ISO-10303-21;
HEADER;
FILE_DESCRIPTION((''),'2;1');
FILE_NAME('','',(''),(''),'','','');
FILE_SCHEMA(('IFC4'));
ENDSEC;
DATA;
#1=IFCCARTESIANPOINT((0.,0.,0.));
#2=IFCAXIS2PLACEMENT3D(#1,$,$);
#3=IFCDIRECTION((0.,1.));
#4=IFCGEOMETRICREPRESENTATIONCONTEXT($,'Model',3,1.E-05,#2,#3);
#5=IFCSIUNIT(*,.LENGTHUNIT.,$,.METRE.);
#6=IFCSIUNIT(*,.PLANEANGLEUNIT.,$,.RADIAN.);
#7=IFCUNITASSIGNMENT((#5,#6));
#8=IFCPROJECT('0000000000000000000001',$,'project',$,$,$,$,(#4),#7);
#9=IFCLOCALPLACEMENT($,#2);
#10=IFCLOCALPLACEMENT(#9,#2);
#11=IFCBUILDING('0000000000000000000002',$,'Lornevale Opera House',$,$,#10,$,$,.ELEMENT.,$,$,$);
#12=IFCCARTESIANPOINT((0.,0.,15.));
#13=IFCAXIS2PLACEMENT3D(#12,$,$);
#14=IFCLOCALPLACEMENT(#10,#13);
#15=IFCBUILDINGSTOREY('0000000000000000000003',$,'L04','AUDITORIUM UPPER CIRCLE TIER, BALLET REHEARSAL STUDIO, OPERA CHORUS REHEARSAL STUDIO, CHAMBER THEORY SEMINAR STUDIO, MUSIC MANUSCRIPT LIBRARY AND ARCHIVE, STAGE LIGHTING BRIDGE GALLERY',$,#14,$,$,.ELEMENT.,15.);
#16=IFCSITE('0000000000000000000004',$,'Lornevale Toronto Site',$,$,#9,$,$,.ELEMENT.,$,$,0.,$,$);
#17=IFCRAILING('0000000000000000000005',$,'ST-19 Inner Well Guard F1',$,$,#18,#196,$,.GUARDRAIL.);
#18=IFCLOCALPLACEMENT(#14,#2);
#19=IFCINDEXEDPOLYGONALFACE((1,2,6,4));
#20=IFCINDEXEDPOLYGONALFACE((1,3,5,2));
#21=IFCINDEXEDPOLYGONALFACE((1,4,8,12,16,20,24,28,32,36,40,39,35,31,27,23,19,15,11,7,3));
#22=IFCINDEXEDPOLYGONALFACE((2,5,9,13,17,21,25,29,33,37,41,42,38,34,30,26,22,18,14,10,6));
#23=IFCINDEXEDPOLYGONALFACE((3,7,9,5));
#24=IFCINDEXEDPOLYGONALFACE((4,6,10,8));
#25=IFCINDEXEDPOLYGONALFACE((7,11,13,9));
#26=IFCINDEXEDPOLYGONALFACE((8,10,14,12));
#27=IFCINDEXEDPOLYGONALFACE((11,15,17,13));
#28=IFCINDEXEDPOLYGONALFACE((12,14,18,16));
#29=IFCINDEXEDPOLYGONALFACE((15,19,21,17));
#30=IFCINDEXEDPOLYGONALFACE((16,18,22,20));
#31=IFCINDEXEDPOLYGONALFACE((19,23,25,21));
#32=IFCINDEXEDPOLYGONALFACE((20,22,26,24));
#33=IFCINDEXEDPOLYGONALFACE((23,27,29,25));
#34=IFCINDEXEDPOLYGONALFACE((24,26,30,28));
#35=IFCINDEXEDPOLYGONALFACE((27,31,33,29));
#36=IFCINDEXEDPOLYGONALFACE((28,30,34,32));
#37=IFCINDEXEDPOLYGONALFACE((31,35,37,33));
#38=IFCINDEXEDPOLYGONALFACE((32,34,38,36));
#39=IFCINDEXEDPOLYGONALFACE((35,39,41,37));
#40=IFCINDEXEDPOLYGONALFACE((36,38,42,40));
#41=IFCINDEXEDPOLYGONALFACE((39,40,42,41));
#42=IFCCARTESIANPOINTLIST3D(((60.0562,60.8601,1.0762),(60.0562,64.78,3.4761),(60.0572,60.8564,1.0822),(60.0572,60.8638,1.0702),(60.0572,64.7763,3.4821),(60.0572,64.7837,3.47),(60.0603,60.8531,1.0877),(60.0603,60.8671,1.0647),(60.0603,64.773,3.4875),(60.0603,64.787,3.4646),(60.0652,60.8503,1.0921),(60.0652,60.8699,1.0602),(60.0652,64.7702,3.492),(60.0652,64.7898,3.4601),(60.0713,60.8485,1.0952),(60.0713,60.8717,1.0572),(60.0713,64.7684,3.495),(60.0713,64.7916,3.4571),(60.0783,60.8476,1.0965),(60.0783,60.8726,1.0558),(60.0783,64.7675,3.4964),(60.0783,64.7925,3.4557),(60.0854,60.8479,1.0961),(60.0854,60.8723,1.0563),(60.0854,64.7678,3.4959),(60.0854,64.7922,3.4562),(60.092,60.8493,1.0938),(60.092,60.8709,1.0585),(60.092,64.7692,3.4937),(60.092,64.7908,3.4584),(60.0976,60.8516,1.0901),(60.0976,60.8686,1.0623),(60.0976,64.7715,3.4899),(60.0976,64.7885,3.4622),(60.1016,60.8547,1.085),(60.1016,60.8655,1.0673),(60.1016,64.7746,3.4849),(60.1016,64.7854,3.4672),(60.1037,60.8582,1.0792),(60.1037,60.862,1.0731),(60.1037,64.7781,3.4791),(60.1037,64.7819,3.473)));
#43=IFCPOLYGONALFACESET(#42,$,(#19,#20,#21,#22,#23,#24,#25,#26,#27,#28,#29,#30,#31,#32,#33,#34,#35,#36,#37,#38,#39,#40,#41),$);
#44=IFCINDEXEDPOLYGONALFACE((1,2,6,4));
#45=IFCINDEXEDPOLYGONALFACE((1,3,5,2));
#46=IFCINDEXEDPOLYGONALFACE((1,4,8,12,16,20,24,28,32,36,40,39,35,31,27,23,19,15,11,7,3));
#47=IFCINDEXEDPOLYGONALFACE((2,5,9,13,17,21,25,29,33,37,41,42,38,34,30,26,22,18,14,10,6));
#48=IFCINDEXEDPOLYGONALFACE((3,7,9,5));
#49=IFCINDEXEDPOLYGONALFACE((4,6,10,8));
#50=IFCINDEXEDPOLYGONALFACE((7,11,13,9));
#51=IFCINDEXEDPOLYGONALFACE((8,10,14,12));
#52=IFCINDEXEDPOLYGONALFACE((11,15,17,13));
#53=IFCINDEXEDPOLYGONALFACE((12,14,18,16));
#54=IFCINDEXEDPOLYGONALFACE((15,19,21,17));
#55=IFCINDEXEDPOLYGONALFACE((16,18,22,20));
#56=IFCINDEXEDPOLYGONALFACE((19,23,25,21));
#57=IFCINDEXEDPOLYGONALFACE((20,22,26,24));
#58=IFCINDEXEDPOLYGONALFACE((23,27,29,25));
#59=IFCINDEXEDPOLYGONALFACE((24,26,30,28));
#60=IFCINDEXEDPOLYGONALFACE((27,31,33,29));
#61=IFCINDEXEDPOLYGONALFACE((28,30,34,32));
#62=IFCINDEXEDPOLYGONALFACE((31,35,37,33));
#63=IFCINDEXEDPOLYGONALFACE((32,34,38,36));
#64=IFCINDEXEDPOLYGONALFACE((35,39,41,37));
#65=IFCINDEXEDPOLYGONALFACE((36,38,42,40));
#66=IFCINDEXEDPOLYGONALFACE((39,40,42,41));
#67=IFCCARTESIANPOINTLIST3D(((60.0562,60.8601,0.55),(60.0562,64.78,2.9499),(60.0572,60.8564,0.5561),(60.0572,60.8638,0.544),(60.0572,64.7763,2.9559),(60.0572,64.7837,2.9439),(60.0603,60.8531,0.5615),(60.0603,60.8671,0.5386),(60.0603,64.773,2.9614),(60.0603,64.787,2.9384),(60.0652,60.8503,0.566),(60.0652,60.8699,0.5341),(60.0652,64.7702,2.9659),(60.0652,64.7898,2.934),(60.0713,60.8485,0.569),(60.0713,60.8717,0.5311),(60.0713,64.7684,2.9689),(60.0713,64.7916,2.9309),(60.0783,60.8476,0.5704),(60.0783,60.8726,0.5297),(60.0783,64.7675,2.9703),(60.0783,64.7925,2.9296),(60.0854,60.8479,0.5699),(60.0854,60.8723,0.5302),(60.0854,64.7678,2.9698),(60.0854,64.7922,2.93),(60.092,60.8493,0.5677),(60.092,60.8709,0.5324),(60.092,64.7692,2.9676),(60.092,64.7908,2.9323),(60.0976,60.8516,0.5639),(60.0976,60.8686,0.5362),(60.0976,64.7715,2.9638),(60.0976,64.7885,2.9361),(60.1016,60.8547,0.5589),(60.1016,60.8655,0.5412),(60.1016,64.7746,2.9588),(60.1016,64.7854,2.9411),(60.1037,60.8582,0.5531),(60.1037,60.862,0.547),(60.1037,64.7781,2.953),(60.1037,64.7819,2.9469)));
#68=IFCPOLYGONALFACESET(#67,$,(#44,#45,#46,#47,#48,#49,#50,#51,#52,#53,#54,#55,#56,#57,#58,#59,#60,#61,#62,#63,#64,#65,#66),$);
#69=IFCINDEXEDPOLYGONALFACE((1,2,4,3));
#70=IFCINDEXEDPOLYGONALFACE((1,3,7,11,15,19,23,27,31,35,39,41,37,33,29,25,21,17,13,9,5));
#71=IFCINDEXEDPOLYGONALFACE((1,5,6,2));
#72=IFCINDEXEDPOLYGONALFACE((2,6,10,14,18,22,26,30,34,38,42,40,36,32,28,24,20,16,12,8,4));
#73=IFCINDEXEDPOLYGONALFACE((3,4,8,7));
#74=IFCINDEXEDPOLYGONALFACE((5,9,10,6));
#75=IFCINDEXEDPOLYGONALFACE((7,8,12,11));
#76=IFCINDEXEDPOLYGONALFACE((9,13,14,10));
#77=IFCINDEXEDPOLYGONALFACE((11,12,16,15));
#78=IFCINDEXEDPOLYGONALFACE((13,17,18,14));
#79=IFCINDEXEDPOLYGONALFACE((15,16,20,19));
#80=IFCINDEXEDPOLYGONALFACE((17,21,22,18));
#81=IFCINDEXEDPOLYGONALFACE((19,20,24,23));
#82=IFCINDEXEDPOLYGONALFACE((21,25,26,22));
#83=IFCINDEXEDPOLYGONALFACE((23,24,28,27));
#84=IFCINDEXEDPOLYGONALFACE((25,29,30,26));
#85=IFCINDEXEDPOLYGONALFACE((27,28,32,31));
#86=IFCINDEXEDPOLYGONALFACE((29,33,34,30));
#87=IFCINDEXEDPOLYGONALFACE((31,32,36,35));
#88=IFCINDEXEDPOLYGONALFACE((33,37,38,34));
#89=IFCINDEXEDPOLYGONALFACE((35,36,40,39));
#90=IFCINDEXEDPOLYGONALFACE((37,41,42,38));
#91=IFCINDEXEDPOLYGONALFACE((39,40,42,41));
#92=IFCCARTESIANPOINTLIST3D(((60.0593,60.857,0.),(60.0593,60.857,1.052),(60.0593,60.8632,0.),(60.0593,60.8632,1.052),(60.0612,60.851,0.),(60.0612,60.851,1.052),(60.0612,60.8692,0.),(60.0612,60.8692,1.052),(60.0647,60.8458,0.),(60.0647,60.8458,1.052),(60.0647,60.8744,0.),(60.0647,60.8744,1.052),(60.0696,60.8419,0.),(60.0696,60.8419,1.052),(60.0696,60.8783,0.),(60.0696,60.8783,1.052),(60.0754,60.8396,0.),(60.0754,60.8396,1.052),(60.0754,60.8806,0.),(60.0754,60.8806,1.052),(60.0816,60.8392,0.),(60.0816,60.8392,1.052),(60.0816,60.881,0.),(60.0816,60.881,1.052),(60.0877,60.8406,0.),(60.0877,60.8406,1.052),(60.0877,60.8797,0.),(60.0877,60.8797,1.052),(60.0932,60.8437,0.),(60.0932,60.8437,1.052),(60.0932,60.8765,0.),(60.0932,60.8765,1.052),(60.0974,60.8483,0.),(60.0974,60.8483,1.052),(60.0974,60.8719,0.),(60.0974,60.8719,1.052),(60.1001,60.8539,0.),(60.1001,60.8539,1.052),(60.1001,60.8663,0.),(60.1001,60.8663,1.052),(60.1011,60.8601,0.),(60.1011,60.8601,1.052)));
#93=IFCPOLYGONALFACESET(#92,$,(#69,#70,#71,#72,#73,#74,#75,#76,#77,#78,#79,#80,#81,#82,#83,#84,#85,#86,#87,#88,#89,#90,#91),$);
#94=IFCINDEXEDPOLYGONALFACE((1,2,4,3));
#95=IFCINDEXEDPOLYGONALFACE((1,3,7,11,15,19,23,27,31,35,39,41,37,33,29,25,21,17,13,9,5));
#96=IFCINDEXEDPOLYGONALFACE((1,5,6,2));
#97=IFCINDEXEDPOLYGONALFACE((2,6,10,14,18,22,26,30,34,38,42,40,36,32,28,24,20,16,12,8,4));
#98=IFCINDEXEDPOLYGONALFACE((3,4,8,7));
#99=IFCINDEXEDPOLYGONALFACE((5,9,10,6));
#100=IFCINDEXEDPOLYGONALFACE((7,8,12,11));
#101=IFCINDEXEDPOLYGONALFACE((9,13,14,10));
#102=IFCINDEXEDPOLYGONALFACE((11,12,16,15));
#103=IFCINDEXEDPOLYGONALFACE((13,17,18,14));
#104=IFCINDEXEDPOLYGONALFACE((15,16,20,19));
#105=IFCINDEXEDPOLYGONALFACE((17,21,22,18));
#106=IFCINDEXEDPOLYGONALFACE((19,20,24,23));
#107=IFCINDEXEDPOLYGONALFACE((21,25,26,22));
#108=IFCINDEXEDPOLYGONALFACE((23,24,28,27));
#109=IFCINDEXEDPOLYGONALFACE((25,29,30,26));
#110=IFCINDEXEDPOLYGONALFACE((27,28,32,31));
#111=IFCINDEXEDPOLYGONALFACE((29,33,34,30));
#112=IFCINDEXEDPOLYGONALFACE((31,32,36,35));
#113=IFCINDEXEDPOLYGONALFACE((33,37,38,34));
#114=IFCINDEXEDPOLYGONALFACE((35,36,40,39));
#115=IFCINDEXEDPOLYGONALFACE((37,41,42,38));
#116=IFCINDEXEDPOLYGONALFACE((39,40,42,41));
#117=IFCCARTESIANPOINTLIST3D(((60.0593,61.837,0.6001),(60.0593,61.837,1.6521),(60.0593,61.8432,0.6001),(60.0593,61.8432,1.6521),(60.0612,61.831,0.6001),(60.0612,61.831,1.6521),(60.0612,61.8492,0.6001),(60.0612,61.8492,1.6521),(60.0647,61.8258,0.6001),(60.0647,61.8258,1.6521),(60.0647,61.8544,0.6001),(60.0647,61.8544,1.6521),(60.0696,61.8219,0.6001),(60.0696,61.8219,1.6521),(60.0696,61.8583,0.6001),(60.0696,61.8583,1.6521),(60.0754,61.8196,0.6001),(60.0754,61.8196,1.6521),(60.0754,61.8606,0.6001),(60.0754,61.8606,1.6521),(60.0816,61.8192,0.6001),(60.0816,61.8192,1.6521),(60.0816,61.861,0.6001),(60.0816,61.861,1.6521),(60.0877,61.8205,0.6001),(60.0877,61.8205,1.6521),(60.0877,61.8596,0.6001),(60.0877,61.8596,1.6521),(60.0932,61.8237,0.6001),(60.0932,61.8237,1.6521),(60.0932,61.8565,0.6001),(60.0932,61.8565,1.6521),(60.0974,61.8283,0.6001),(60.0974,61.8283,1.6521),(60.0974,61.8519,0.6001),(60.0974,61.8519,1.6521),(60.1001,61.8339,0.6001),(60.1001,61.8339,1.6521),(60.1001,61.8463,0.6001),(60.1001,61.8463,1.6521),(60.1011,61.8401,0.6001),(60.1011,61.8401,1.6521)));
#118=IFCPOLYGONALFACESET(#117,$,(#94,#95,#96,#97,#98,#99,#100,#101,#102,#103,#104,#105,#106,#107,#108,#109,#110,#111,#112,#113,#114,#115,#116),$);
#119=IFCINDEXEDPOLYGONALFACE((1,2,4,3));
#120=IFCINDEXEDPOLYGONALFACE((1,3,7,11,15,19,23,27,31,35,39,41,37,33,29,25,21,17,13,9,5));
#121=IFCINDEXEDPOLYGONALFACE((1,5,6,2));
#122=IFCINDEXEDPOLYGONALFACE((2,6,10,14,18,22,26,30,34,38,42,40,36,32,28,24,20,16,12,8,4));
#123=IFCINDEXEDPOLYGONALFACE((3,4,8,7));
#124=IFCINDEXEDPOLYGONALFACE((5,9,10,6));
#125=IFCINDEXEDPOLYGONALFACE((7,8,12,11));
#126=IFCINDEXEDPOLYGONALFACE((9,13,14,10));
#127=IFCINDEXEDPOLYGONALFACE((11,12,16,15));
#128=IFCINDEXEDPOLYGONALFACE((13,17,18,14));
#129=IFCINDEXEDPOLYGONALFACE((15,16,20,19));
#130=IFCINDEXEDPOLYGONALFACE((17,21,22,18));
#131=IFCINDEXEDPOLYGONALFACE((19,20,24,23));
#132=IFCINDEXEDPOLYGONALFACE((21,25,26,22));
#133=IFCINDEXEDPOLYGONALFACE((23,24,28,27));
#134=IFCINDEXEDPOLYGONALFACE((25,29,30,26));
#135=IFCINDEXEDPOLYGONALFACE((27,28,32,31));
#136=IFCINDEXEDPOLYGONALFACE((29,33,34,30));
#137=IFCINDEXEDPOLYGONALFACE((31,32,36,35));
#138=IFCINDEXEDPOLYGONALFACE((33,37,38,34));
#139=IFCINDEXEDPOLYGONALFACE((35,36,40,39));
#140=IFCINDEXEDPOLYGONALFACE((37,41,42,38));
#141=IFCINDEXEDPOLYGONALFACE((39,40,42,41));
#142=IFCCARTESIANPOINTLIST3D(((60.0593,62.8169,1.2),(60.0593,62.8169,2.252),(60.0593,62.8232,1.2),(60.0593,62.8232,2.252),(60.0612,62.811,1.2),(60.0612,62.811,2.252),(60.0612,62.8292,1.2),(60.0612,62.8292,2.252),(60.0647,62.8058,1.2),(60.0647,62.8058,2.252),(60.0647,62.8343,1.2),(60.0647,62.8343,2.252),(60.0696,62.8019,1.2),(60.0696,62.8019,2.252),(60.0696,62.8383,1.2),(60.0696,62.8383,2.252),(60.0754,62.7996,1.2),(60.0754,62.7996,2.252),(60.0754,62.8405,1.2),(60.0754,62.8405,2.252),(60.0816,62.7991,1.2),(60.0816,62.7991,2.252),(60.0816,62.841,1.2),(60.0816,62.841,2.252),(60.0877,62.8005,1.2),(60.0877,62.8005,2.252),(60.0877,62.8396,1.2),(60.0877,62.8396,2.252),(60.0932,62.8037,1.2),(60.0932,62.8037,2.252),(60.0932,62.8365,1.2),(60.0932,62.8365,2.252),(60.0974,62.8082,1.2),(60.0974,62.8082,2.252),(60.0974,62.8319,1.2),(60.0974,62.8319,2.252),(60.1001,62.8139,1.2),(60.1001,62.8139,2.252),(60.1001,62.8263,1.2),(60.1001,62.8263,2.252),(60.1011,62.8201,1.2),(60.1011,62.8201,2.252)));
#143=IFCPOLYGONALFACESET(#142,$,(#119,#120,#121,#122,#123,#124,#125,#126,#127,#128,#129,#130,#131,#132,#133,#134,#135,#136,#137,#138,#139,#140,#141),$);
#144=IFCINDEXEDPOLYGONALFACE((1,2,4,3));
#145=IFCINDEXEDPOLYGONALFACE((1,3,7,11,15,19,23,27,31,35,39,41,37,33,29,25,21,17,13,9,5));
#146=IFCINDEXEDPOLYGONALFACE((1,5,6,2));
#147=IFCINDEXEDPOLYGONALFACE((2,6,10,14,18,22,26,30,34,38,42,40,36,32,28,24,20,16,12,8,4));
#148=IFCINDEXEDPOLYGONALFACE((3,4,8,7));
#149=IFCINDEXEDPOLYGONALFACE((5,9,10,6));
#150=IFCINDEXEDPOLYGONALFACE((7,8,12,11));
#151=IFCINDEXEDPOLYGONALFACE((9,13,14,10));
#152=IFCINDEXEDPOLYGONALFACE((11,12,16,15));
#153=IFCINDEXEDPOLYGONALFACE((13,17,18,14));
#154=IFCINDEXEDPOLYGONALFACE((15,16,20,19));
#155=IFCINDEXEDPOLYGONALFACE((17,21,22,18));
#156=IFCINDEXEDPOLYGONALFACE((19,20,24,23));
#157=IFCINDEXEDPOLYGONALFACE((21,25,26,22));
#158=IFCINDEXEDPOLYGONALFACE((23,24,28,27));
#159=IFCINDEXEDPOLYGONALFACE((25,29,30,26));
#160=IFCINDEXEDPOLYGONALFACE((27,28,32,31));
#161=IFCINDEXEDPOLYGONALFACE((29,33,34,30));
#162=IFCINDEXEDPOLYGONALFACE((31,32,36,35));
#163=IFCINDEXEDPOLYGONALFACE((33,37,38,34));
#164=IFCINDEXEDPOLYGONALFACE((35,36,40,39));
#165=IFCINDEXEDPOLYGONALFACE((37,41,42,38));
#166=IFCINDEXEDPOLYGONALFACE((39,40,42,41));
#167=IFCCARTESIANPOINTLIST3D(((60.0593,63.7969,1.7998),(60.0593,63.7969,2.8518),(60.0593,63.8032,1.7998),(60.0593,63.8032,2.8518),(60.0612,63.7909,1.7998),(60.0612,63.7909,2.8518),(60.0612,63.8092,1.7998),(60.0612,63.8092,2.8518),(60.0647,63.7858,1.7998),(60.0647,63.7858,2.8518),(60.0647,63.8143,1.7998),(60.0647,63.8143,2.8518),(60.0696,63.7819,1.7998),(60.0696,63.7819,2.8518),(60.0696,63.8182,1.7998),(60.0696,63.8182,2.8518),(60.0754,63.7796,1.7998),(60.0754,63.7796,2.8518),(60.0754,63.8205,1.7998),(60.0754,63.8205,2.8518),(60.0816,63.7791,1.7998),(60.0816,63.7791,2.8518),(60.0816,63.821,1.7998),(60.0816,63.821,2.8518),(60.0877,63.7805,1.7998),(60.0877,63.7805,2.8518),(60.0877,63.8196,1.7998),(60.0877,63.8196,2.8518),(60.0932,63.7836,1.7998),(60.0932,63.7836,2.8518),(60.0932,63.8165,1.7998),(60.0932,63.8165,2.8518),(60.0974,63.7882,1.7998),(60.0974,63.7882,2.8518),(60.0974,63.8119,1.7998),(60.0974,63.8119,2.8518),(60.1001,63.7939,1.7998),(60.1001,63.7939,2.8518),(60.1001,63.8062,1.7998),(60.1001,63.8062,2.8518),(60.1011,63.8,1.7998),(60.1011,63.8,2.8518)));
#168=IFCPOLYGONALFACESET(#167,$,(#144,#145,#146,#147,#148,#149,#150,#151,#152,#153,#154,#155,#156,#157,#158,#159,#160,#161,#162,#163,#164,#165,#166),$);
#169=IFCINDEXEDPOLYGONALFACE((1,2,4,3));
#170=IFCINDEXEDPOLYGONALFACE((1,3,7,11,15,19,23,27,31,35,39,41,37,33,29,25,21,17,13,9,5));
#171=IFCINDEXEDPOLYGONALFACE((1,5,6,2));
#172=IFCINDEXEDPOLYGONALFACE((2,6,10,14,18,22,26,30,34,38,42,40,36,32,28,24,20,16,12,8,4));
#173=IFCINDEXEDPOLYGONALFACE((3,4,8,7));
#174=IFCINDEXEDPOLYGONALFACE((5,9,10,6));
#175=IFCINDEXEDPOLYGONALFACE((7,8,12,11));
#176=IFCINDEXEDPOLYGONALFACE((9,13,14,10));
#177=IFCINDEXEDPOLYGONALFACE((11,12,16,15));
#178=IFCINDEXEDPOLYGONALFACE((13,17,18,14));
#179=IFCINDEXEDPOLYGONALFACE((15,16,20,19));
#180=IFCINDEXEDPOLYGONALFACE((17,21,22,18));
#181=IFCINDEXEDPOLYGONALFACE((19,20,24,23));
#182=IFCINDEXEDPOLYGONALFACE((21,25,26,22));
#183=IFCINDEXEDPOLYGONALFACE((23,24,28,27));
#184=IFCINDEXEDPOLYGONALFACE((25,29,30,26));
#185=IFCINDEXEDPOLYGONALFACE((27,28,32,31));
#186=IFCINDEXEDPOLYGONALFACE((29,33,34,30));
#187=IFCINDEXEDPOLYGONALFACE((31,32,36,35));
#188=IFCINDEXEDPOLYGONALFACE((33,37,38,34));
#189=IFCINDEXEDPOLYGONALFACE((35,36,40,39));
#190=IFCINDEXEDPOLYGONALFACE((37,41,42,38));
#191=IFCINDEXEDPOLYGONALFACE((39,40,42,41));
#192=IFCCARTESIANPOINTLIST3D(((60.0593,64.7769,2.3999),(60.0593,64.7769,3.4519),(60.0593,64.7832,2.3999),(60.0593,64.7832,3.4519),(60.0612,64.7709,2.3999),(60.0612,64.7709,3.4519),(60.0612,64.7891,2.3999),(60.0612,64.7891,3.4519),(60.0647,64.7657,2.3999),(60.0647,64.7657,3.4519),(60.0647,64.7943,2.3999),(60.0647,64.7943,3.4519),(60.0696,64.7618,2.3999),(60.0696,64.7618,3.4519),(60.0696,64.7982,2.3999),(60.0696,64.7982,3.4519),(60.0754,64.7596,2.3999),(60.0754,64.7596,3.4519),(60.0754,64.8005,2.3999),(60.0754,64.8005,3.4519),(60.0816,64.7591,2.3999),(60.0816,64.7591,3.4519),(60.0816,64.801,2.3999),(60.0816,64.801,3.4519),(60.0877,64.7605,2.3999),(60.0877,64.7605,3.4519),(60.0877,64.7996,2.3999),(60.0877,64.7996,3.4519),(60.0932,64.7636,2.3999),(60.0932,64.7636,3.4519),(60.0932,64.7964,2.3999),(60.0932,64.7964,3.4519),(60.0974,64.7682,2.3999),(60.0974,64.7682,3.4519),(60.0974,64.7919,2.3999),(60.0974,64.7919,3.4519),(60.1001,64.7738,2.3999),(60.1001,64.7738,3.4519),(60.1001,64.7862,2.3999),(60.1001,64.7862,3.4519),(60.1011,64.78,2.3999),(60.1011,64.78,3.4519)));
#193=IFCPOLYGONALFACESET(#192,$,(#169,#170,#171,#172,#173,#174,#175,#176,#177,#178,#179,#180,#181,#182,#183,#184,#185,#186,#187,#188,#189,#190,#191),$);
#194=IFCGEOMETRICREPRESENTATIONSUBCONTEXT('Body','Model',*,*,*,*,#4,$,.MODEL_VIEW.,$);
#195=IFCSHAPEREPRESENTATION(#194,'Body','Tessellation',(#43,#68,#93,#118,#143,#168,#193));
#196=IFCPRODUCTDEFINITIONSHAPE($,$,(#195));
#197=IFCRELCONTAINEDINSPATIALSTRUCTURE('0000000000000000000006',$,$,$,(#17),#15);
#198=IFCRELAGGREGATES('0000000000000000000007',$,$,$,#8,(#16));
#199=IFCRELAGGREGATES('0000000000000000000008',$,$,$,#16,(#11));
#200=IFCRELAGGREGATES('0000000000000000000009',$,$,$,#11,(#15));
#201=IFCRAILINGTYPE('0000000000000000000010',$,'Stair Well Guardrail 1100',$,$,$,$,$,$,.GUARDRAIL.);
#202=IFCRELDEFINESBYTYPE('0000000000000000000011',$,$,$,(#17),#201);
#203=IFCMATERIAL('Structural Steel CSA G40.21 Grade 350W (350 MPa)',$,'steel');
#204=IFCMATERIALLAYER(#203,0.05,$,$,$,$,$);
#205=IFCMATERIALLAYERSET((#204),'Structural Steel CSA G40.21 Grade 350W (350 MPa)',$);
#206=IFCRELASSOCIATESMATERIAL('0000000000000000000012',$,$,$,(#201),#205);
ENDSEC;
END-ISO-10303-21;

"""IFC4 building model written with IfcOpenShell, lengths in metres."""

from ifc_helpers import new_model, si_unit, direction, frame, origin, origin_2d, place, context, subcontext, project, spatial, circle, extrude, material, layer, layer_set, type_object, element, save


model = new_model("IFC4")

# Units and contexts
model_context = context("Model", 3, precision=1e-05, world=origin(), true_north=direction((0.0, 1.0)))
body_context = subcontext(model_context, "Body", "Model", "MODEL_VIEW")
ifc_project = project(units=[si_unit("LENGTHUNIT", "METRE"), si_unit("PLANEANGLEUNIT", "RADIAN")], contexts=[model_context])

# Site, building, storey
site_placement = place(None, origin())
site = spatial("IfcSite", under=ifc_project, at=site_placement, Name="Lornevale Toronto Site", CompositionType="ELEMENT", RefElevation=0.0)
building_placement = place(site_placement, origin())
building = spatial("IfcBuilding", under=site, at=building_placement, Name="Lornevale Opera House", CompositionType="ELEMENT")
storey_placement = place(building_placement, frame((0.0, 0.0, 15.0)))
storey = spatial("IfcBuildingStorey", under=building, at=storey_placement, Name="L04", Description="AUDITORIUM UPPER CIRCLE TIER, BALLET REHEARSAL STUDIO, OPERA CHORUS REHEARSAL STUDIO, CHAMBER THEORY SEMINAR STUDIO, MUSIC MANUSCRIPT LIBRARY AND ARCHIVE, STAGE LIGHTING BRIDGE GALLERY", CompositionType="ELEMENT", Elevation=15.0)

# Shared definitions
ifc_material_1 = material(Name="Structural Steel CSA G40.21 Grade 350W (350 MPa)", Category="steel")

# Railing
ifc_layer_1 = layer(ifc_material_1, 0.05)
ifc_layer_set_1 = layer_set([ifc_layer_1], Name="Structural Steel CSA G40.21 Grade 350W (350 MPa)")
railing_type_1 = type_object("IfcRailingType", Name="Stair Well Guardrail 1100", PredefinedType="GUARDRAIL", material=ifc_layer_set_1)
railing_1_placement = place(storey_placement, frame((60.0801, 60.8601, 0.0)))
element("IfcRailing", 1, at=railing_1_placement, inside=storey, type_object=railing_type_1, Name="ST-19 Inner Well Guard F1", PredefinedType="GUARDRAIL", context=body_context, shape_type="SweptSolid", body=[
    extrude(circle(Radius=0.0239, at=origin_2d()), frame((0.0, 0.0, 1.0762), z_axis=(0.0, 0.852856, 0.522146), x_axis=(-1.0, 0.0, 0.0)), (0.0, 0.0, 1.0), 4.5962),
    extrude(circle(Radius=0.0239, at=origin_2d()), frame((0.0, 0.0, 0.55), z_axis=(0.0, 0.852856, 0.522146), x_axis=(-1.0, 0.0, 0.0)), (0.0, 0.0, 1.0), 4.5962),
    extrude(circle(Radius=0.021, at=origin_2d()), origin(), (0.0, 0.0, 1.0), 1.052),
    extrude(circle(Radius=0.021, at=origin_2d()), frame((0.0, 0.98, 0.6001)), (0.0, 0.0, 1.0), 1.052),
    extrude(circle(Radius=0.021, at=origin_2d()), frame((0.0, 1.96, 1.2)), (0.0, 0.0, 1.0), 1.052),
    extrude(circle(Radius=0.021, at=origin_2d()), frame((0.0, 2.9399, 1.7998)), (0.0, 0.0, 1.0), 1.052),
    extrude(circle(Radius=0.021, at=origin_2d()), frame((0.0, 3.9199, 2.3999)), (0.0, 0.0, 1.0), 1.052),
])

save(model, "model.ifc")
